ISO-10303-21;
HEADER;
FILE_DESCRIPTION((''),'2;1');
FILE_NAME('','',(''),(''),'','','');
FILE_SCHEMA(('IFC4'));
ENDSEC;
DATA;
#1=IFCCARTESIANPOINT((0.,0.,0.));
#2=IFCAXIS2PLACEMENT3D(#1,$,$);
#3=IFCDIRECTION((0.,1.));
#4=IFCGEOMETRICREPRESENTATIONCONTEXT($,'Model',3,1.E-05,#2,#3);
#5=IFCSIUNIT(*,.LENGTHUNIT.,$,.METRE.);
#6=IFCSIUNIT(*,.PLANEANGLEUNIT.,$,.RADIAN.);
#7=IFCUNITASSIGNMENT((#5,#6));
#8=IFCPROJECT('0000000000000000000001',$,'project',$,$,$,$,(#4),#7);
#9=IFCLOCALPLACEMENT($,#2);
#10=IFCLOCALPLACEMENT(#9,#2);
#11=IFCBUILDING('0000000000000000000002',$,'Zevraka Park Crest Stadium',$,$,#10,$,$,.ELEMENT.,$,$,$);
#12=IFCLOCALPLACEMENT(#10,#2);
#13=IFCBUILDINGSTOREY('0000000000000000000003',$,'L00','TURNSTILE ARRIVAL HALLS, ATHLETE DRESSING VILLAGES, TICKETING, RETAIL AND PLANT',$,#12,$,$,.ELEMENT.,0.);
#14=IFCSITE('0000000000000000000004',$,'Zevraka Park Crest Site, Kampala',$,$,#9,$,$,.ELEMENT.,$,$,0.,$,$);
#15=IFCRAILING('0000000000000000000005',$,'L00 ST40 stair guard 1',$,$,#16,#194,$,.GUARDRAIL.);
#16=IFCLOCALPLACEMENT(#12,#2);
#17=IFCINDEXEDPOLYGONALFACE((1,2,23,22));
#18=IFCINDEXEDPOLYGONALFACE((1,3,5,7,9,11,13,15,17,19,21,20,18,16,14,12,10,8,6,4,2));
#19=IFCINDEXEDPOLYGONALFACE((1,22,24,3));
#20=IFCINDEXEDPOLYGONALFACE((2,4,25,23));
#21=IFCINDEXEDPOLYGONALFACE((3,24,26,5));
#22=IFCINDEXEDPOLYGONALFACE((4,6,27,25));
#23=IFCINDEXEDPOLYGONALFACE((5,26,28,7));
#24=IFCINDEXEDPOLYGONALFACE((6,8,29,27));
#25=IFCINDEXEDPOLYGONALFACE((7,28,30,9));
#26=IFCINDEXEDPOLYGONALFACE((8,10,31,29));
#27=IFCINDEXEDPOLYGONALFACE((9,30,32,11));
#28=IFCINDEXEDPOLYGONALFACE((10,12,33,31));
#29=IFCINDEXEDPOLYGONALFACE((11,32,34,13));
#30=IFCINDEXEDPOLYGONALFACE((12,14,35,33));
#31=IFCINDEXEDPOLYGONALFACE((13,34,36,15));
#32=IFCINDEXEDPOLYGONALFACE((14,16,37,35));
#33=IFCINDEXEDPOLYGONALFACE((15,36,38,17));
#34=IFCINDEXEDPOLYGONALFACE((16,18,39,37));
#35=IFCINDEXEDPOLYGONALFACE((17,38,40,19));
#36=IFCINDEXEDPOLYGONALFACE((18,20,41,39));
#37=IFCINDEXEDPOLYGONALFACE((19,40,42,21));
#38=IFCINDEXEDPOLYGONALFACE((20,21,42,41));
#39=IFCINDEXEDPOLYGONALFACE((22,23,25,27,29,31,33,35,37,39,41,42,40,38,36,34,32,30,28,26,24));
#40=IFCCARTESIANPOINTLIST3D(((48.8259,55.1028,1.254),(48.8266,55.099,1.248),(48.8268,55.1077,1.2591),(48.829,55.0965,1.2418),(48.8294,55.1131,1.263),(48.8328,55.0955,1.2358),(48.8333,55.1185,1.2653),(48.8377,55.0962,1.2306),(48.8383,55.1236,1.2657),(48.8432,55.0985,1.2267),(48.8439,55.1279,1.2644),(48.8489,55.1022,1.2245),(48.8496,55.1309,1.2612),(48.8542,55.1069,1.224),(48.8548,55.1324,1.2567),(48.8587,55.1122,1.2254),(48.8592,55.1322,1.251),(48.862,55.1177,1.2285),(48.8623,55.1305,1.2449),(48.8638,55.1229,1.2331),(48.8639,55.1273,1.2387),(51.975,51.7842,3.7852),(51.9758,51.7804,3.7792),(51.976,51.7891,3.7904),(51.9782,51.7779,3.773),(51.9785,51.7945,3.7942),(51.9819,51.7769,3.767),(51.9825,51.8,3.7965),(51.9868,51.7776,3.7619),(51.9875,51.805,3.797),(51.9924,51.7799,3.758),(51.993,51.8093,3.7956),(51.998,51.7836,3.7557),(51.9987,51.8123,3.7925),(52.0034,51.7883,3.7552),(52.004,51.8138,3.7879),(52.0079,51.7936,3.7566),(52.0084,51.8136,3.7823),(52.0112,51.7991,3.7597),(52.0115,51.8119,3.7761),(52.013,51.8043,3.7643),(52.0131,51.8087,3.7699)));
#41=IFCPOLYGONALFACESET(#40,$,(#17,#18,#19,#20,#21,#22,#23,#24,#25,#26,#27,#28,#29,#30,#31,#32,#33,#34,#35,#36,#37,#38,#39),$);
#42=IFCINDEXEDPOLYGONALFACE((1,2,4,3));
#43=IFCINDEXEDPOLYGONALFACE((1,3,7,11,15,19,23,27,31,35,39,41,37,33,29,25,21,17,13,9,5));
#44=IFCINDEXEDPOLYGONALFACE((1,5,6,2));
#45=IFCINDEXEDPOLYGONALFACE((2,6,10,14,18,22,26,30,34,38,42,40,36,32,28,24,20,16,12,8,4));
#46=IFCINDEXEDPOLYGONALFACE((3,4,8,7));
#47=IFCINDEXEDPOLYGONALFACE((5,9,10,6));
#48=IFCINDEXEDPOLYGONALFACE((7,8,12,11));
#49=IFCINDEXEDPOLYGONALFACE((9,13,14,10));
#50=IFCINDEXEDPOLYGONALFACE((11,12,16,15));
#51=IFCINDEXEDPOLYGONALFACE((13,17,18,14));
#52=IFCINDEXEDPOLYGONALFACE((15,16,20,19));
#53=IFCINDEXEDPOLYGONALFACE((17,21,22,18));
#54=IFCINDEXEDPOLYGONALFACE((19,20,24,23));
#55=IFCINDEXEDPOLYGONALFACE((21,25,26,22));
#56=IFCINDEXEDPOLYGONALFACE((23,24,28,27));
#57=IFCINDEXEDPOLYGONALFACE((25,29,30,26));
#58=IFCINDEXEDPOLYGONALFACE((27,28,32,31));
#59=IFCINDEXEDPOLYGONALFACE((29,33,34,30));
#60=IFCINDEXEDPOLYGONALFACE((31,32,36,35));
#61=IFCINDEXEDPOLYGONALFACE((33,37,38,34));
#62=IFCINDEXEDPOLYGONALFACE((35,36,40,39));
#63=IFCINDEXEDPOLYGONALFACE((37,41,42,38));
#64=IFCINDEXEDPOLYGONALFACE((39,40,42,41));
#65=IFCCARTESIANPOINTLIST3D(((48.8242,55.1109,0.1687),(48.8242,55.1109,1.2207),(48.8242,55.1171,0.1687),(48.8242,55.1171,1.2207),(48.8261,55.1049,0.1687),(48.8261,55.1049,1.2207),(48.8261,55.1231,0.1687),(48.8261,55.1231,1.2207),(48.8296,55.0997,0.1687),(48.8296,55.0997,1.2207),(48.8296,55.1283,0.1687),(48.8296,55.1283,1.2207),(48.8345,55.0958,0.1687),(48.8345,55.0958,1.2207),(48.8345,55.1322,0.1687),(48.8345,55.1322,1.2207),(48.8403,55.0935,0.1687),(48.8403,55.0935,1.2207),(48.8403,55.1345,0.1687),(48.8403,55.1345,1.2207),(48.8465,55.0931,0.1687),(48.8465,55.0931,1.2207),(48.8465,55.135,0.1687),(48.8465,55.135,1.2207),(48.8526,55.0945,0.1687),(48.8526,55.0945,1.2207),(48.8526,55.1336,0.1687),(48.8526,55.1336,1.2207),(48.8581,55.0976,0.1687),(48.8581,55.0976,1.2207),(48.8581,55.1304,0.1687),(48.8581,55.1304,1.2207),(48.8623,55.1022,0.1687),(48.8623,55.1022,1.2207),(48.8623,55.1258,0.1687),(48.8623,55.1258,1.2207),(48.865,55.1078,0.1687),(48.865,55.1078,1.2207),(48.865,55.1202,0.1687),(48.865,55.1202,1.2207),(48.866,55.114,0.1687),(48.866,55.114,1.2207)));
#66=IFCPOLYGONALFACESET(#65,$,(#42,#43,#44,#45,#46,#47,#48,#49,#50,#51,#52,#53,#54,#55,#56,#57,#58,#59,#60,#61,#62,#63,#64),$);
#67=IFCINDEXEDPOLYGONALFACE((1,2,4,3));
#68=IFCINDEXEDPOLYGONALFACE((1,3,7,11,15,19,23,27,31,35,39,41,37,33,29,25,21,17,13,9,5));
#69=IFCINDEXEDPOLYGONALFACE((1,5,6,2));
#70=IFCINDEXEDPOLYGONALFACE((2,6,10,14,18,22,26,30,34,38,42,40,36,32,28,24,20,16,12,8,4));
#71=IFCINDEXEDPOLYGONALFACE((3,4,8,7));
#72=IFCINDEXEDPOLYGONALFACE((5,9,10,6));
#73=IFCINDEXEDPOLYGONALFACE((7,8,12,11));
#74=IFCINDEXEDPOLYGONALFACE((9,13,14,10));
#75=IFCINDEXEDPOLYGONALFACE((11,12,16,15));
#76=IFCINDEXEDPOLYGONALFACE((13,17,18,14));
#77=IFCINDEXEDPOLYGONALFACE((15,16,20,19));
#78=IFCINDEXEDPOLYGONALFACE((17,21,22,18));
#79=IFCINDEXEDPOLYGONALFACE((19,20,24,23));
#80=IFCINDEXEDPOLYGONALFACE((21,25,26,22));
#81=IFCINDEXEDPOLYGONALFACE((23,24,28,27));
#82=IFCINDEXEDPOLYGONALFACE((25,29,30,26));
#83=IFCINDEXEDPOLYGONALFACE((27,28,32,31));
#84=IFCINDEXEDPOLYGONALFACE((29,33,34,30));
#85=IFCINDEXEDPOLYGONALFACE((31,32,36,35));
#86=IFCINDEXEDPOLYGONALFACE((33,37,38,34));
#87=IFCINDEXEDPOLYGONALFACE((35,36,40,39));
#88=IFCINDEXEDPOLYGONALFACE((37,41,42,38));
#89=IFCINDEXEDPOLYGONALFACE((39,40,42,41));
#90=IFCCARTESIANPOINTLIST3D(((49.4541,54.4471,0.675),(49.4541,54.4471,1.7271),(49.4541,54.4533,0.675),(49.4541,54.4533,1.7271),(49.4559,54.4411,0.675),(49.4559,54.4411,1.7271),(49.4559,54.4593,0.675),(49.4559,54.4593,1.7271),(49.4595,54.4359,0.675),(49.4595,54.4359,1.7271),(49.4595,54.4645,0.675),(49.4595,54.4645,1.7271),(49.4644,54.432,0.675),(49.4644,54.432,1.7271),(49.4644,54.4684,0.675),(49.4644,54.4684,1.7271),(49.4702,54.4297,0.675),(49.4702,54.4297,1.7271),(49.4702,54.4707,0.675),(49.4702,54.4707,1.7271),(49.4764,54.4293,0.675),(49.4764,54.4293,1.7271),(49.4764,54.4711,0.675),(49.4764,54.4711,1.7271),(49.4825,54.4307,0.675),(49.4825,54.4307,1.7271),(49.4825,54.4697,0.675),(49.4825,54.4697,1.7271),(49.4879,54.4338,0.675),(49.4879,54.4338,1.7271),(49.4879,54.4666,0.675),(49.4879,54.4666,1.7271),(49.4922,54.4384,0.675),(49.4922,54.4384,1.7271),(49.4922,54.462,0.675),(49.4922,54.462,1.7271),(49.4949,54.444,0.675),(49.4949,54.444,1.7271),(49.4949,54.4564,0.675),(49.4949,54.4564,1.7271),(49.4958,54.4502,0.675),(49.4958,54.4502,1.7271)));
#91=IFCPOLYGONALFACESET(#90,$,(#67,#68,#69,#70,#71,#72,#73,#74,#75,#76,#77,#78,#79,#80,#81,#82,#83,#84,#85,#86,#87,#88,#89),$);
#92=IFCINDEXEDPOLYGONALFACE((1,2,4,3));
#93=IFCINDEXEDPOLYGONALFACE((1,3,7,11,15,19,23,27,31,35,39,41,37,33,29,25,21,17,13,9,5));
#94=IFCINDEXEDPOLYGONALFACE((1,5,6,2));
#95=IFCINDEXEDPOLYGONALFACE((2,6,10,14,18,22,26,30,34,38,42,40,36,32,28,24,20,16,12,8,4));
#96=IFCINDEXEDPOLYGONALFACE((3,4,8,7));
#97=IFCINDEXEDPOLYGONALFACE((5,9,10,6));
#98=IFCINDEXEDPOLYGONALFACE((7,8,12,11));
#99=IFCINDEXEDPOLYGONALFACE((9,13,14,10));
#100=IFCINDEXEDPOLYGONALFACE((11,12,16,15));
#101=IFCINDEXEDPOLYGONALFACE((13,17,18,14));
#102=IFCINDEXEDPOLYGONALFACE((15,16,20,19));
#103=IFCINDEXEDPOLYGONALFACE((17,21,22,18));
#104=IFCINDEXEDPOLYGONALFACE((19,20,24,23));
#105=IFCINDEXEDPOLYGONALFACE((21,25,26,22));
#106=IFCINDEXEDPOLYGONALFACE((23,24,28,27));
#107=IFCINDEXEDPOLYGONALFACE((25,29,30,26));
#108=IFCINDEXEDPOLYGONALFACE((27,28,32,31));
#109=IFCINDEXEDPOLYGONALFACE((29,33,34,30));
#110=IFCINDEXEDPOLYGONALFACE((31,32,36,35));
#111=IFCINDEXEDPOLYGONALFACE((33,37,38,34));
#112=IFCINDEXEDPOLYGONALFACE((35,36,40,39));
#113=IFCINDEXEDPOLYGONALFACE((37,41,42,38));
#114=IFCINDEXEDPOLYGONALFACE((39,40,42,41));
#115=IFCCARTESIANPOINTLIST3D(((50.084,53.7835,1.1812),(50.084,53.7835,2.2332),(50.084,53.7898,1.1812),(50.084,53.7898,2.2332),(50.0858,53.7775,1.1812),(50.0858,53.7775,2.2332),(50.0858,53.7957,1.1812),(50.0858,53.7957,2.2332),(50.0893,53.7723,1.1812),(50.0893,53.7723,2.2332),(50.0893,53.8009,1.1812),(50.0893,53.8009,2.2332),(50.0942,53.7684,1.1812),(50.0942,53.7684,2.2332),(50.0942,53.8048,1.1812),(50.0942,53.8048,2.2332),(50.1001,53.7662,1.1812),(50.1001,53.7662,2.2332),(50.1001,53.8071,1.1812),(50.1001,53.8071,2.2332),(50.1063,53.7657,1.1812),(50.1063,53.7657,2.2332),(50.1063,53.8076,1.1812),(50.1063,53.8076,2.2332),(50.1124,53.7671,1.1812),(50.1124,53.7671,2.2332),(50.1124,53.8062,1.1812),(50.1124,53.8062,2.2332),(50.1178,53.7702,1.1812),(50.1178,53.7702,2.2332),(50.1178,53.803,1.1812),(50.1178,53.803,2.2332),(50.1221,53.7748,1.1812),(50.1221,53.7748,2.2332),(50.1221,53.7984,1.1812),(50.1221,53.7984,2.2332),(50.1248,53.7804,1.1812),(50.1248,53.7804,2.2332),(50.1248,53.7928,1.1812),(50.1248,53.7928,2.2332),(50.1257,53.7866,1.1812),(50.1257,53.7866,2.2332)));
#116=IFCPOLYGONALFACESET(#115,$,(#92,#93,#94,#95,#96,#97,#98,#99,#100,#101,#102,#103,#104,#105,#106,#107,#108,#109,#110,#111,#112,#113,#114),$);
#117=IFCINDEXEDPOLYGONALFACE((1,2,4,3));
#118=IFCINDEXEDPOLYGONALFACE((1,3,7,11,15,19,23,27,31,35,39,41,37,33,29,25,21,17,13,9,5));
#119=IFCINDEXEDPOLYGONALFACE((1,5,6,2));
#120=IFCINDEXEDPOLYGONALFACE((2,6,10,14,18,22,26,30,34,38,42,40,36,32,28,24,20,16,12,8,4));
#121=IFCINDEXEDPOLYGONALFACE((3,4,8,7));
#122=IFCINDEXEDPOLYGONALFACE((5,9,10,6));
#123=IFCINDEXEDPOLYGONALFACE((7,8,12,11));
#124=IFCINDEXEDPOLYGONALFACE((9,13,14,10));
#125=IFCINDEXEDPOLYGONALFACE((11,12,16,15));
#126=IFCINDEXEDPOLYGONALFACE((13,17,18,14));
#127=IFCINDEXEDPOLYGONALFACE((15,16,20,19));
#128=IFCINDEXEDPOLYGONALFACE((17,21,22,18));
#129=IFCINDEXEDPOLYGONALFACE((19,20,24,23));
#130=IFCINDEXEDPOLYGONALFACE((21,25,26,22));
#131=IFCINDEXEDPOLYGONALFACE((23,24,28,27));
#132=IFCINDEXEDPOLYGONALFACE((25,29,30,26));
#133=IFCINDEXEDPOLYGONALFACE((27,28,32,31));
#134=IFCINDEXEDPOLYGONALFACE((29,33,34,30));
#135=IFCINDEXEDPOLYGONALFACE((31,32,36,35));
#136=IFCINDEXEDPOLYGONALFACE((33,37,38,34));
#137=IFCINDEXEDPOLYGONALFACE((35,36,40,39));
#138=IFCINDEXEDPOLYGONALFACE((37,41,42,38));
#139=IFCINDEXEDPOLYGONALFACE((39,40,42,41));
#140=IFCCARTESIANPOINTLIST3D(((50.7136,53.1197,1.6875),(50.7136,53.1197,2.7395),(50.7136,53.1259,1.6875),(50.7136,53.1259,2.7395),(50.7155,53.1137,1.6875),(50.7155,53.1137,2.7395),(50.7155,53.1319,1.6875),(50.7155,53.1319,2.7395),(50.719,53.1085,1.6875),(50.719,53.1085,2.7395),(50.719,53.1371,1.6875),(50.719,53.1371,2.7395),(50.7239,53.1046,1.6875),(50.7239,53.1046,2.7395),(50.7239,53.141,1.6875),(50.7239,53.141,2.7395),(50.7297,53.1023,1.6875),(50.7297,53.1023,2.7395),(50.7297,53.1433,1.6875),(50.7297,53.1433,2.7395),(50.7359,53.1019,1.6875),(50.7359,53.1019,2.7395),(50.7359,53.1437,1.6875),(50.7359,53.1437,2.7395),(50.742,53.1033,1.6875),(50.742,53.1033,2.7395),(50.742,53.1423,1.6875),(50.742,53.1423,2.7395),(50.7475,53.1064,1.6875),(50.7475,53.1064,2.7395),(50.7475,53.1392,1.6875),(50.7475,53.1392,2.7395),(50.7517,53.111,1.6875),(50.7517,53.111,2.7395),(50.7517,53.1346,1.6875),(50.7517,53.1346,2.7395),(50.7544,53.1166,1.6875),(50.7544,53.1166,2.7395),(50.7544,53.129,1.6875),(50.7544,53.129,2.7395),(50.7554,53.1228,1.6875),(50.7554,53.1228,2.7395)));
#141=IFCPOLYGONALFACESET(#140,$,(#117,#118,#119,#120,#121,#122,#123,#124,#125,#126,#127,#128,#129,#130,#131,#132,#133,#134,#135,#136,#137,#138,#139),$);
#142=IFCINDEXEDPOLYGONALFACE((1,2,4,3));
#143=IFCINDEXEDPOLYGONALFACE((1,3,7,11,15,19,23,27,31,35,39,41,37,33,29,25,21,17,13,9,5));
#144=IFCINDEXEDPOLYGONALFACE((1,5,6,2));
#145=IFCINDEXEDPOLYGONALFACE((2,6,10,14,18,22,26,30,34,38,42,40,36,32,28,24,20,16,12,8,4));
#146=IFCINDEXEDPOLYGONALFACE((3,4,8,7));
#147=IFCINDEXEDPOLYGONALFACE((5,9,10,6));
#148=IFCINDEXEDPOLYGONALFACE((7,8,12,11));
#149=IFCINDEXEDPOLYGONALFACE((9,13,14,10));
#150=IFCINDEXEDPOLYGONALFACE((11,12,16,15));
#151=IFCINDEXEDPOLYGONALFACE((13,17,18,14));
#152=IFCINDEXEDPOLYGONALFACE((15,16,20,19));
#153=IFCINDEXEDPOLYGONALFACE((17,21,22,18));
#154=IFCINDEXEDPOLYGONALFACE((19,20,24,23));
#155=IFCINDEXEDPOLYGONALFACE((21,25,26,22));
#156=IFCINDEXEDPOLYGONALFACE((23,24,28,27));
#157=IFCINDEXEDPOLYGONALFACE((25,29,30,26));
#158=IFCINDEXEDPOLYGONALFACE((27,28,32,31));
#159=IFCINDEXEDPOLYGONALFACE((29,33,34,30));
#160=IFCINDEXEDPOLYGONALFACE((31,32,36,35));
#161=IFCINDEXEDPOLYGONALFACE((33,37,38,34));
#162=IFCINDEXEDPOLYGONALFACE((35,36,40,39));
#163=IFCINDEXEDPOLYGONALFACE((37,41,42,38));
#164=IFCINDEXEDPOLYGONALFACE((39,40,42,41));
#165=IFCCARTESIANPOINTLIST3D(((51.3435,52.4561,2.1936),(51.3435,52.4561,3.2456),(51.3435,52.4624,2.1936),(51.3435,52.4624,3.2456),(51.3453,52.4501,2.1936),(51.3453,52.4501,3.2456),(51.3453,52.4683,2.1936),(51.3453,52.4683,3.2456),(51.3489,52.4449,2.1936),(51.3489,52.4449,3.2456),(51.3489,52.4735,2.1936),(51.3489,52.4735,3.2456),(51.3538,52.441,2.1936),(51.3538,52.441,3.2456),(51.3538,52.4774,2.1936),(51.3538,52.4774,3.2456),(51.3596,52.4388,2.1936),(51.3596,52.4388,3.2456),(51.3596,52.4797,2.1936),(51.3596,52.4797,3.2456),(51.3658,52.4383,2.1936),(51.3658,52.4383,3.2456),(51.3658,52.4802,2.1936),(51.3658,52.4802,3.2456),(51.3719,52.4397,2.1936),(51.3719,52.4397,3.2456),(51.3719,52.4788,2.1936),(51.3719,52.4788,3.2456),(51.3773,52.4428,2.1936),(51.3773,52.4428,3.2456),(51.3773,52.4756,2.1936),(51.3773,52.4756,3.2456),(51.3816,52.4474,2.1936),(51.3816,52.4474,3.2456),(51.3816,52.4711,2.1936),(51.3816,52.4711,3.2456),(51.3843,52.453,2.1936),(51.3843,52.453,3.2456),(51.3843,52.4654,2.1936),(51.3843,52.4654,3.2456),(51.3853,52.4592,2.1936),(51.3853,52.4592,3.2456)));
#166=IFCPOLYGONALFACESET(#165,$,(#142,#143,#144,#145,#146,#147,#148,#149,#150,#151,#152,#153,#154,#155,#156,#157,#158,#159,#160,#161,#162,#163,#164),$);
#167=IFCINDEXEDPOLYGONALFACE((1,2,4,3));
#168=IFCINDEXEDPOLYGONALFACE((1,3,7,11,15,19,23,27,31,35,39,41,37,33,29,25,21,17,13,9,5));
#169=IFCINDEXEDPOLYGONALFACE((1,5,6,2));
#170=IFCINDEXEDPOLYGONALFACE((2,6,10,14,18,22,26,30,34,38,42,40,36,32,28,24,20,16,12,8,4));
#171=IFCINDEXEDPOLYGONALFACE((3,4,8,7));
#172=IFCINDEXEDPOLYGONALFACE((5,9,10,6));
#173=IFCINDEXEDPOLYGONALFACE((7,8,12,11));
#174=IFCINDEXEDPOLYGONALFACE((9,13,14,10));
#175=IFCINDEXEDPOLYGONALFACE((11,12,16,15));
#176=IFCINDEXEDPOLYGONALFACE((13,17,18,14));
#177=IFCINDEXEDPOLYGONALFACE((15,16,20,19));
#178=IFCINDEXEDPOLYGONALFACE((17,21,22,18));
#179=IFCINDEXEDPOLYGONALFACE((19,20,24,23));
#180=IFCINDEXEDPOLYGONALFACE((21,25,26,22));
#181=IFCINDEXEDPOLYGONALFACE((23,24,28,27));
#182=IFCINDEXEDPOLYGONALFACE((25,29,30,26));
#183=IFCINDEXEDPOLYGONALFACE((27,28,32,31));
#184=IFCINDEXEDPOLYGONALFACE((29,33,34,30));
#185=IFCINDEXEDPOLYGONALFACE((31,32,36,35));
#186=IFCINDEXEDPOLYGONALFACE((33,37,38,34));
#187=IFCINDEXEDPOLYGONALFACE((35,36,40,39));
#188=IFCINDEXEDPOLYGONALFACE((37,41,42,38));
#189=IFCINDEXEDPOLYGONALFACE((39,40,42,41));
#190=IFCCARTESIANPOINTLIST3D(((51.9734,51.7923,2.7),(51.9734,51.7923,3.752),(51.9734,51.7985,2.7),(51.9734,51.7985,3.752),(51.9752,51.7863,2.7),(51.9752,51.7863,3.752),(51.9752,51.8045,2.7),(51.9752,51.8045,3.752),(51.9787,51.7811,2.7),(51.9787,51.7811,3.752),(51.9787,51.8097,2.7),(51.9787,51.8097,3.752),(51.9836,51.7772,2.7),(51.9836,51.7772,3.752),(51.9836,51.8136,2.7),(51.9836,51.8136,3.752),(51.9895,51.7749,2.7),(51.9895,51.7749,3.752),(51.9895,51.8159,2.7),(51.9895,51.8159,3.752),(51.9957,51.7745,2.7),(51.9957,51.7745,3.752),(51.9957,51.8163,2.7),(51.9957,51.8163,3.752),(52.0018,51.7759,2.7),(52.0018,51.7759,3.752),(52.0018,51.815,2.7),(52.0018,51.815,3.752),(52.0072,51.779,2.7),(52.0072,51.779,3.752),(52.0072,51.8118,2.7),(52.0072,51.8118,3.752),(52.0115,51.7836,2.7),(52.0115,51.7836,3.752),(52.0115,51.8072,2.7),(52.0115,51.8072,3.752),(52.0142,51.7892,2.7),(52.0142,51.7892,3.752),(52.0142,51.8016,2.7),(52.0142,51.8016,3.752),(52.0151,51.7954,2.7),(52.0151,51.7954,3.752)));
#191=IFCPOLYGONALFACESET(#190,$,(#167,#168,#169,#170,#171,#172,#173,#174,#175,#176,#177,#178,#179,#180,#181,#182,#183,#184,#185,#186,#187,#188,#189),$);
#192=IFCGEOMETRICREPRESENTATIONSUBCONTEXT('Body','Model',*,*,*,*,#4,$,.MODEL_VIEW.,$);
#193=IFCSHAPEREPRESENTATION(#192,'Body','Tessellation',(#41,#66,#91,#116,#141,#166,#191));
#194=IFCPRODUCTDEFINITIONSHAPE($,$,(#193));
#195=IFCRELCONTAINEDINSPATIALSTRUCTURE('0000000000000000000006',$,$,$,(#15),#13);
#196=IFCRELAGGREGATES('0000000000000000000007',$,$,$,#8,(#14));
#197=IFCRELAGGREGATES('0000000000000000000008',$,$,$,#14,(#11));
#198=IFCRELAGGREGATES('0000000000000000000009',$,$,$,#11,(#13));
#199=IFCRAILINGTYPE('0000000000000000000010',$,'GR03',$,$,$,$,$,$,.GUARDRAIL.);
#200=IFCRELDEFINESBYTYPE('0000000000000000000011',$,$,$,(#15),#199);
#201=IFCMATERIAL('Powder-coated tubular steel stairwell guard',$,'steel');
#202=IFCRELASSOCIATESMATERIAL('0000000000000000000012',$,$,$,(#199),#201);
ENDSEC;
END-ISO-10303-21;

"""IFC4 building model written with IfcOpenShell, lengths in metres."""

from ifc_helpers import new_model, si_unit, direction, frame, origin, origin_2d, place, context, subcontext, project, spatial, circle, extrude, material, type_object, element, save


model = new_model("IFC4")

# Units and contexts
model_context = context("Model", 3, precision=1e-05, world=origin(), true_north=direction((0.0, 1.0)))
body_context = subcontext(model_context, "Body", "Model", "MODEL_VIEW")
ifc_project = project(units=[si_unit("LENGTHUNIT", "METRE"), si_unit("PLANEANGLEUNIT", "RADIAN")], contexts=[model_context])

# Site, building, storey
site_placement = place(None, origin())
site = spatial("IfcSite", under=ifc_project, at=site_placement, Name="Zevraka Park Crest Site, Kampala", CompositionType="ELEMENT", RefElevation=0.0)
building_placement = place(site_placement, origin())
building = spatial("IfcBuilding", under=site, at=building_placement, Name="Zevraka Park Crest Stadium", CompositionType="ELEMENT")
storey_placement = place(building_placement, origin())
storey = spatial("IfcBuildingStorey", under=building, at=storey_placement, Name="L00", Description="TURNSTILE ARRIVAL HALLS, ATHLETE DRESSING VILLAGES, TICKETING, RETAIL AND PLANT", CompositionType="ELEMENT", Elevation=0.0)

# Railing
ifc_material_1 = material(Name="Powder-coated tubular steel stairwell guard", Category="steel")
railing_type_1 = type_object("IfcRailingType", Name="GR03", PredefinedType="GUARDRAIL", material=ifc_material_1)
railing_1_placement = place(storey_placement, frame((48.845, 55.114, 0.1687)))
element("IfcRailing", 1, at=railing_1_placement, inside=storey, type_object=railing_type_1, Name="L00 ST40 stair guard 1", PredefinedType="GUARDRAIL", context=body_context, shape_type="SweptSolid", body=[
    extrude(circle(Radius=0.0239, at=origin_2d()), frame((0.0, 0.0, 1.0762), z_axis=(0.602304, -0.634709, 0.484122), x_axis=(0.725382, 0.688347, 0.0)), (0.0, 0.0, 1.0), 5.2285),
    extrude(circle(Radius=0.021, at=origin_2d()), origin(), (0.0, 0.0, 1.0), 1.052),
    extrude(circle(Radius=0.021, at=origin_2d()), frame((0.6299, -0.6638, 0.5063)), (0.0, 0.0, 1.0), 1.052),
    extrude(circle(Radius=0.021, at=origin_2d()), frame((1.2598, -1.3274, 1.0125)), (0.0, 0.0, 1.0), 1.052),
    extrude(circle(Radius=0.021, at=origin_2d()), frame((1.8894, -1.9912, 1.5188)), (0.0, 0.0, 1.0), 1.052),
    extrude(circle(Radius=0.021, at=origin_2d()), frame((2.5193, -2.6548, 2.0249)), (0.0, 0.0, 1.0), 1.052),
    extrude(circle(Radius=0.021, at=origin_2d()), frame((3.1492, -3.3186, 2.5312)), (0.0, 0.0, 1.0), 1.052),
])

save(model, "model.ifc")
